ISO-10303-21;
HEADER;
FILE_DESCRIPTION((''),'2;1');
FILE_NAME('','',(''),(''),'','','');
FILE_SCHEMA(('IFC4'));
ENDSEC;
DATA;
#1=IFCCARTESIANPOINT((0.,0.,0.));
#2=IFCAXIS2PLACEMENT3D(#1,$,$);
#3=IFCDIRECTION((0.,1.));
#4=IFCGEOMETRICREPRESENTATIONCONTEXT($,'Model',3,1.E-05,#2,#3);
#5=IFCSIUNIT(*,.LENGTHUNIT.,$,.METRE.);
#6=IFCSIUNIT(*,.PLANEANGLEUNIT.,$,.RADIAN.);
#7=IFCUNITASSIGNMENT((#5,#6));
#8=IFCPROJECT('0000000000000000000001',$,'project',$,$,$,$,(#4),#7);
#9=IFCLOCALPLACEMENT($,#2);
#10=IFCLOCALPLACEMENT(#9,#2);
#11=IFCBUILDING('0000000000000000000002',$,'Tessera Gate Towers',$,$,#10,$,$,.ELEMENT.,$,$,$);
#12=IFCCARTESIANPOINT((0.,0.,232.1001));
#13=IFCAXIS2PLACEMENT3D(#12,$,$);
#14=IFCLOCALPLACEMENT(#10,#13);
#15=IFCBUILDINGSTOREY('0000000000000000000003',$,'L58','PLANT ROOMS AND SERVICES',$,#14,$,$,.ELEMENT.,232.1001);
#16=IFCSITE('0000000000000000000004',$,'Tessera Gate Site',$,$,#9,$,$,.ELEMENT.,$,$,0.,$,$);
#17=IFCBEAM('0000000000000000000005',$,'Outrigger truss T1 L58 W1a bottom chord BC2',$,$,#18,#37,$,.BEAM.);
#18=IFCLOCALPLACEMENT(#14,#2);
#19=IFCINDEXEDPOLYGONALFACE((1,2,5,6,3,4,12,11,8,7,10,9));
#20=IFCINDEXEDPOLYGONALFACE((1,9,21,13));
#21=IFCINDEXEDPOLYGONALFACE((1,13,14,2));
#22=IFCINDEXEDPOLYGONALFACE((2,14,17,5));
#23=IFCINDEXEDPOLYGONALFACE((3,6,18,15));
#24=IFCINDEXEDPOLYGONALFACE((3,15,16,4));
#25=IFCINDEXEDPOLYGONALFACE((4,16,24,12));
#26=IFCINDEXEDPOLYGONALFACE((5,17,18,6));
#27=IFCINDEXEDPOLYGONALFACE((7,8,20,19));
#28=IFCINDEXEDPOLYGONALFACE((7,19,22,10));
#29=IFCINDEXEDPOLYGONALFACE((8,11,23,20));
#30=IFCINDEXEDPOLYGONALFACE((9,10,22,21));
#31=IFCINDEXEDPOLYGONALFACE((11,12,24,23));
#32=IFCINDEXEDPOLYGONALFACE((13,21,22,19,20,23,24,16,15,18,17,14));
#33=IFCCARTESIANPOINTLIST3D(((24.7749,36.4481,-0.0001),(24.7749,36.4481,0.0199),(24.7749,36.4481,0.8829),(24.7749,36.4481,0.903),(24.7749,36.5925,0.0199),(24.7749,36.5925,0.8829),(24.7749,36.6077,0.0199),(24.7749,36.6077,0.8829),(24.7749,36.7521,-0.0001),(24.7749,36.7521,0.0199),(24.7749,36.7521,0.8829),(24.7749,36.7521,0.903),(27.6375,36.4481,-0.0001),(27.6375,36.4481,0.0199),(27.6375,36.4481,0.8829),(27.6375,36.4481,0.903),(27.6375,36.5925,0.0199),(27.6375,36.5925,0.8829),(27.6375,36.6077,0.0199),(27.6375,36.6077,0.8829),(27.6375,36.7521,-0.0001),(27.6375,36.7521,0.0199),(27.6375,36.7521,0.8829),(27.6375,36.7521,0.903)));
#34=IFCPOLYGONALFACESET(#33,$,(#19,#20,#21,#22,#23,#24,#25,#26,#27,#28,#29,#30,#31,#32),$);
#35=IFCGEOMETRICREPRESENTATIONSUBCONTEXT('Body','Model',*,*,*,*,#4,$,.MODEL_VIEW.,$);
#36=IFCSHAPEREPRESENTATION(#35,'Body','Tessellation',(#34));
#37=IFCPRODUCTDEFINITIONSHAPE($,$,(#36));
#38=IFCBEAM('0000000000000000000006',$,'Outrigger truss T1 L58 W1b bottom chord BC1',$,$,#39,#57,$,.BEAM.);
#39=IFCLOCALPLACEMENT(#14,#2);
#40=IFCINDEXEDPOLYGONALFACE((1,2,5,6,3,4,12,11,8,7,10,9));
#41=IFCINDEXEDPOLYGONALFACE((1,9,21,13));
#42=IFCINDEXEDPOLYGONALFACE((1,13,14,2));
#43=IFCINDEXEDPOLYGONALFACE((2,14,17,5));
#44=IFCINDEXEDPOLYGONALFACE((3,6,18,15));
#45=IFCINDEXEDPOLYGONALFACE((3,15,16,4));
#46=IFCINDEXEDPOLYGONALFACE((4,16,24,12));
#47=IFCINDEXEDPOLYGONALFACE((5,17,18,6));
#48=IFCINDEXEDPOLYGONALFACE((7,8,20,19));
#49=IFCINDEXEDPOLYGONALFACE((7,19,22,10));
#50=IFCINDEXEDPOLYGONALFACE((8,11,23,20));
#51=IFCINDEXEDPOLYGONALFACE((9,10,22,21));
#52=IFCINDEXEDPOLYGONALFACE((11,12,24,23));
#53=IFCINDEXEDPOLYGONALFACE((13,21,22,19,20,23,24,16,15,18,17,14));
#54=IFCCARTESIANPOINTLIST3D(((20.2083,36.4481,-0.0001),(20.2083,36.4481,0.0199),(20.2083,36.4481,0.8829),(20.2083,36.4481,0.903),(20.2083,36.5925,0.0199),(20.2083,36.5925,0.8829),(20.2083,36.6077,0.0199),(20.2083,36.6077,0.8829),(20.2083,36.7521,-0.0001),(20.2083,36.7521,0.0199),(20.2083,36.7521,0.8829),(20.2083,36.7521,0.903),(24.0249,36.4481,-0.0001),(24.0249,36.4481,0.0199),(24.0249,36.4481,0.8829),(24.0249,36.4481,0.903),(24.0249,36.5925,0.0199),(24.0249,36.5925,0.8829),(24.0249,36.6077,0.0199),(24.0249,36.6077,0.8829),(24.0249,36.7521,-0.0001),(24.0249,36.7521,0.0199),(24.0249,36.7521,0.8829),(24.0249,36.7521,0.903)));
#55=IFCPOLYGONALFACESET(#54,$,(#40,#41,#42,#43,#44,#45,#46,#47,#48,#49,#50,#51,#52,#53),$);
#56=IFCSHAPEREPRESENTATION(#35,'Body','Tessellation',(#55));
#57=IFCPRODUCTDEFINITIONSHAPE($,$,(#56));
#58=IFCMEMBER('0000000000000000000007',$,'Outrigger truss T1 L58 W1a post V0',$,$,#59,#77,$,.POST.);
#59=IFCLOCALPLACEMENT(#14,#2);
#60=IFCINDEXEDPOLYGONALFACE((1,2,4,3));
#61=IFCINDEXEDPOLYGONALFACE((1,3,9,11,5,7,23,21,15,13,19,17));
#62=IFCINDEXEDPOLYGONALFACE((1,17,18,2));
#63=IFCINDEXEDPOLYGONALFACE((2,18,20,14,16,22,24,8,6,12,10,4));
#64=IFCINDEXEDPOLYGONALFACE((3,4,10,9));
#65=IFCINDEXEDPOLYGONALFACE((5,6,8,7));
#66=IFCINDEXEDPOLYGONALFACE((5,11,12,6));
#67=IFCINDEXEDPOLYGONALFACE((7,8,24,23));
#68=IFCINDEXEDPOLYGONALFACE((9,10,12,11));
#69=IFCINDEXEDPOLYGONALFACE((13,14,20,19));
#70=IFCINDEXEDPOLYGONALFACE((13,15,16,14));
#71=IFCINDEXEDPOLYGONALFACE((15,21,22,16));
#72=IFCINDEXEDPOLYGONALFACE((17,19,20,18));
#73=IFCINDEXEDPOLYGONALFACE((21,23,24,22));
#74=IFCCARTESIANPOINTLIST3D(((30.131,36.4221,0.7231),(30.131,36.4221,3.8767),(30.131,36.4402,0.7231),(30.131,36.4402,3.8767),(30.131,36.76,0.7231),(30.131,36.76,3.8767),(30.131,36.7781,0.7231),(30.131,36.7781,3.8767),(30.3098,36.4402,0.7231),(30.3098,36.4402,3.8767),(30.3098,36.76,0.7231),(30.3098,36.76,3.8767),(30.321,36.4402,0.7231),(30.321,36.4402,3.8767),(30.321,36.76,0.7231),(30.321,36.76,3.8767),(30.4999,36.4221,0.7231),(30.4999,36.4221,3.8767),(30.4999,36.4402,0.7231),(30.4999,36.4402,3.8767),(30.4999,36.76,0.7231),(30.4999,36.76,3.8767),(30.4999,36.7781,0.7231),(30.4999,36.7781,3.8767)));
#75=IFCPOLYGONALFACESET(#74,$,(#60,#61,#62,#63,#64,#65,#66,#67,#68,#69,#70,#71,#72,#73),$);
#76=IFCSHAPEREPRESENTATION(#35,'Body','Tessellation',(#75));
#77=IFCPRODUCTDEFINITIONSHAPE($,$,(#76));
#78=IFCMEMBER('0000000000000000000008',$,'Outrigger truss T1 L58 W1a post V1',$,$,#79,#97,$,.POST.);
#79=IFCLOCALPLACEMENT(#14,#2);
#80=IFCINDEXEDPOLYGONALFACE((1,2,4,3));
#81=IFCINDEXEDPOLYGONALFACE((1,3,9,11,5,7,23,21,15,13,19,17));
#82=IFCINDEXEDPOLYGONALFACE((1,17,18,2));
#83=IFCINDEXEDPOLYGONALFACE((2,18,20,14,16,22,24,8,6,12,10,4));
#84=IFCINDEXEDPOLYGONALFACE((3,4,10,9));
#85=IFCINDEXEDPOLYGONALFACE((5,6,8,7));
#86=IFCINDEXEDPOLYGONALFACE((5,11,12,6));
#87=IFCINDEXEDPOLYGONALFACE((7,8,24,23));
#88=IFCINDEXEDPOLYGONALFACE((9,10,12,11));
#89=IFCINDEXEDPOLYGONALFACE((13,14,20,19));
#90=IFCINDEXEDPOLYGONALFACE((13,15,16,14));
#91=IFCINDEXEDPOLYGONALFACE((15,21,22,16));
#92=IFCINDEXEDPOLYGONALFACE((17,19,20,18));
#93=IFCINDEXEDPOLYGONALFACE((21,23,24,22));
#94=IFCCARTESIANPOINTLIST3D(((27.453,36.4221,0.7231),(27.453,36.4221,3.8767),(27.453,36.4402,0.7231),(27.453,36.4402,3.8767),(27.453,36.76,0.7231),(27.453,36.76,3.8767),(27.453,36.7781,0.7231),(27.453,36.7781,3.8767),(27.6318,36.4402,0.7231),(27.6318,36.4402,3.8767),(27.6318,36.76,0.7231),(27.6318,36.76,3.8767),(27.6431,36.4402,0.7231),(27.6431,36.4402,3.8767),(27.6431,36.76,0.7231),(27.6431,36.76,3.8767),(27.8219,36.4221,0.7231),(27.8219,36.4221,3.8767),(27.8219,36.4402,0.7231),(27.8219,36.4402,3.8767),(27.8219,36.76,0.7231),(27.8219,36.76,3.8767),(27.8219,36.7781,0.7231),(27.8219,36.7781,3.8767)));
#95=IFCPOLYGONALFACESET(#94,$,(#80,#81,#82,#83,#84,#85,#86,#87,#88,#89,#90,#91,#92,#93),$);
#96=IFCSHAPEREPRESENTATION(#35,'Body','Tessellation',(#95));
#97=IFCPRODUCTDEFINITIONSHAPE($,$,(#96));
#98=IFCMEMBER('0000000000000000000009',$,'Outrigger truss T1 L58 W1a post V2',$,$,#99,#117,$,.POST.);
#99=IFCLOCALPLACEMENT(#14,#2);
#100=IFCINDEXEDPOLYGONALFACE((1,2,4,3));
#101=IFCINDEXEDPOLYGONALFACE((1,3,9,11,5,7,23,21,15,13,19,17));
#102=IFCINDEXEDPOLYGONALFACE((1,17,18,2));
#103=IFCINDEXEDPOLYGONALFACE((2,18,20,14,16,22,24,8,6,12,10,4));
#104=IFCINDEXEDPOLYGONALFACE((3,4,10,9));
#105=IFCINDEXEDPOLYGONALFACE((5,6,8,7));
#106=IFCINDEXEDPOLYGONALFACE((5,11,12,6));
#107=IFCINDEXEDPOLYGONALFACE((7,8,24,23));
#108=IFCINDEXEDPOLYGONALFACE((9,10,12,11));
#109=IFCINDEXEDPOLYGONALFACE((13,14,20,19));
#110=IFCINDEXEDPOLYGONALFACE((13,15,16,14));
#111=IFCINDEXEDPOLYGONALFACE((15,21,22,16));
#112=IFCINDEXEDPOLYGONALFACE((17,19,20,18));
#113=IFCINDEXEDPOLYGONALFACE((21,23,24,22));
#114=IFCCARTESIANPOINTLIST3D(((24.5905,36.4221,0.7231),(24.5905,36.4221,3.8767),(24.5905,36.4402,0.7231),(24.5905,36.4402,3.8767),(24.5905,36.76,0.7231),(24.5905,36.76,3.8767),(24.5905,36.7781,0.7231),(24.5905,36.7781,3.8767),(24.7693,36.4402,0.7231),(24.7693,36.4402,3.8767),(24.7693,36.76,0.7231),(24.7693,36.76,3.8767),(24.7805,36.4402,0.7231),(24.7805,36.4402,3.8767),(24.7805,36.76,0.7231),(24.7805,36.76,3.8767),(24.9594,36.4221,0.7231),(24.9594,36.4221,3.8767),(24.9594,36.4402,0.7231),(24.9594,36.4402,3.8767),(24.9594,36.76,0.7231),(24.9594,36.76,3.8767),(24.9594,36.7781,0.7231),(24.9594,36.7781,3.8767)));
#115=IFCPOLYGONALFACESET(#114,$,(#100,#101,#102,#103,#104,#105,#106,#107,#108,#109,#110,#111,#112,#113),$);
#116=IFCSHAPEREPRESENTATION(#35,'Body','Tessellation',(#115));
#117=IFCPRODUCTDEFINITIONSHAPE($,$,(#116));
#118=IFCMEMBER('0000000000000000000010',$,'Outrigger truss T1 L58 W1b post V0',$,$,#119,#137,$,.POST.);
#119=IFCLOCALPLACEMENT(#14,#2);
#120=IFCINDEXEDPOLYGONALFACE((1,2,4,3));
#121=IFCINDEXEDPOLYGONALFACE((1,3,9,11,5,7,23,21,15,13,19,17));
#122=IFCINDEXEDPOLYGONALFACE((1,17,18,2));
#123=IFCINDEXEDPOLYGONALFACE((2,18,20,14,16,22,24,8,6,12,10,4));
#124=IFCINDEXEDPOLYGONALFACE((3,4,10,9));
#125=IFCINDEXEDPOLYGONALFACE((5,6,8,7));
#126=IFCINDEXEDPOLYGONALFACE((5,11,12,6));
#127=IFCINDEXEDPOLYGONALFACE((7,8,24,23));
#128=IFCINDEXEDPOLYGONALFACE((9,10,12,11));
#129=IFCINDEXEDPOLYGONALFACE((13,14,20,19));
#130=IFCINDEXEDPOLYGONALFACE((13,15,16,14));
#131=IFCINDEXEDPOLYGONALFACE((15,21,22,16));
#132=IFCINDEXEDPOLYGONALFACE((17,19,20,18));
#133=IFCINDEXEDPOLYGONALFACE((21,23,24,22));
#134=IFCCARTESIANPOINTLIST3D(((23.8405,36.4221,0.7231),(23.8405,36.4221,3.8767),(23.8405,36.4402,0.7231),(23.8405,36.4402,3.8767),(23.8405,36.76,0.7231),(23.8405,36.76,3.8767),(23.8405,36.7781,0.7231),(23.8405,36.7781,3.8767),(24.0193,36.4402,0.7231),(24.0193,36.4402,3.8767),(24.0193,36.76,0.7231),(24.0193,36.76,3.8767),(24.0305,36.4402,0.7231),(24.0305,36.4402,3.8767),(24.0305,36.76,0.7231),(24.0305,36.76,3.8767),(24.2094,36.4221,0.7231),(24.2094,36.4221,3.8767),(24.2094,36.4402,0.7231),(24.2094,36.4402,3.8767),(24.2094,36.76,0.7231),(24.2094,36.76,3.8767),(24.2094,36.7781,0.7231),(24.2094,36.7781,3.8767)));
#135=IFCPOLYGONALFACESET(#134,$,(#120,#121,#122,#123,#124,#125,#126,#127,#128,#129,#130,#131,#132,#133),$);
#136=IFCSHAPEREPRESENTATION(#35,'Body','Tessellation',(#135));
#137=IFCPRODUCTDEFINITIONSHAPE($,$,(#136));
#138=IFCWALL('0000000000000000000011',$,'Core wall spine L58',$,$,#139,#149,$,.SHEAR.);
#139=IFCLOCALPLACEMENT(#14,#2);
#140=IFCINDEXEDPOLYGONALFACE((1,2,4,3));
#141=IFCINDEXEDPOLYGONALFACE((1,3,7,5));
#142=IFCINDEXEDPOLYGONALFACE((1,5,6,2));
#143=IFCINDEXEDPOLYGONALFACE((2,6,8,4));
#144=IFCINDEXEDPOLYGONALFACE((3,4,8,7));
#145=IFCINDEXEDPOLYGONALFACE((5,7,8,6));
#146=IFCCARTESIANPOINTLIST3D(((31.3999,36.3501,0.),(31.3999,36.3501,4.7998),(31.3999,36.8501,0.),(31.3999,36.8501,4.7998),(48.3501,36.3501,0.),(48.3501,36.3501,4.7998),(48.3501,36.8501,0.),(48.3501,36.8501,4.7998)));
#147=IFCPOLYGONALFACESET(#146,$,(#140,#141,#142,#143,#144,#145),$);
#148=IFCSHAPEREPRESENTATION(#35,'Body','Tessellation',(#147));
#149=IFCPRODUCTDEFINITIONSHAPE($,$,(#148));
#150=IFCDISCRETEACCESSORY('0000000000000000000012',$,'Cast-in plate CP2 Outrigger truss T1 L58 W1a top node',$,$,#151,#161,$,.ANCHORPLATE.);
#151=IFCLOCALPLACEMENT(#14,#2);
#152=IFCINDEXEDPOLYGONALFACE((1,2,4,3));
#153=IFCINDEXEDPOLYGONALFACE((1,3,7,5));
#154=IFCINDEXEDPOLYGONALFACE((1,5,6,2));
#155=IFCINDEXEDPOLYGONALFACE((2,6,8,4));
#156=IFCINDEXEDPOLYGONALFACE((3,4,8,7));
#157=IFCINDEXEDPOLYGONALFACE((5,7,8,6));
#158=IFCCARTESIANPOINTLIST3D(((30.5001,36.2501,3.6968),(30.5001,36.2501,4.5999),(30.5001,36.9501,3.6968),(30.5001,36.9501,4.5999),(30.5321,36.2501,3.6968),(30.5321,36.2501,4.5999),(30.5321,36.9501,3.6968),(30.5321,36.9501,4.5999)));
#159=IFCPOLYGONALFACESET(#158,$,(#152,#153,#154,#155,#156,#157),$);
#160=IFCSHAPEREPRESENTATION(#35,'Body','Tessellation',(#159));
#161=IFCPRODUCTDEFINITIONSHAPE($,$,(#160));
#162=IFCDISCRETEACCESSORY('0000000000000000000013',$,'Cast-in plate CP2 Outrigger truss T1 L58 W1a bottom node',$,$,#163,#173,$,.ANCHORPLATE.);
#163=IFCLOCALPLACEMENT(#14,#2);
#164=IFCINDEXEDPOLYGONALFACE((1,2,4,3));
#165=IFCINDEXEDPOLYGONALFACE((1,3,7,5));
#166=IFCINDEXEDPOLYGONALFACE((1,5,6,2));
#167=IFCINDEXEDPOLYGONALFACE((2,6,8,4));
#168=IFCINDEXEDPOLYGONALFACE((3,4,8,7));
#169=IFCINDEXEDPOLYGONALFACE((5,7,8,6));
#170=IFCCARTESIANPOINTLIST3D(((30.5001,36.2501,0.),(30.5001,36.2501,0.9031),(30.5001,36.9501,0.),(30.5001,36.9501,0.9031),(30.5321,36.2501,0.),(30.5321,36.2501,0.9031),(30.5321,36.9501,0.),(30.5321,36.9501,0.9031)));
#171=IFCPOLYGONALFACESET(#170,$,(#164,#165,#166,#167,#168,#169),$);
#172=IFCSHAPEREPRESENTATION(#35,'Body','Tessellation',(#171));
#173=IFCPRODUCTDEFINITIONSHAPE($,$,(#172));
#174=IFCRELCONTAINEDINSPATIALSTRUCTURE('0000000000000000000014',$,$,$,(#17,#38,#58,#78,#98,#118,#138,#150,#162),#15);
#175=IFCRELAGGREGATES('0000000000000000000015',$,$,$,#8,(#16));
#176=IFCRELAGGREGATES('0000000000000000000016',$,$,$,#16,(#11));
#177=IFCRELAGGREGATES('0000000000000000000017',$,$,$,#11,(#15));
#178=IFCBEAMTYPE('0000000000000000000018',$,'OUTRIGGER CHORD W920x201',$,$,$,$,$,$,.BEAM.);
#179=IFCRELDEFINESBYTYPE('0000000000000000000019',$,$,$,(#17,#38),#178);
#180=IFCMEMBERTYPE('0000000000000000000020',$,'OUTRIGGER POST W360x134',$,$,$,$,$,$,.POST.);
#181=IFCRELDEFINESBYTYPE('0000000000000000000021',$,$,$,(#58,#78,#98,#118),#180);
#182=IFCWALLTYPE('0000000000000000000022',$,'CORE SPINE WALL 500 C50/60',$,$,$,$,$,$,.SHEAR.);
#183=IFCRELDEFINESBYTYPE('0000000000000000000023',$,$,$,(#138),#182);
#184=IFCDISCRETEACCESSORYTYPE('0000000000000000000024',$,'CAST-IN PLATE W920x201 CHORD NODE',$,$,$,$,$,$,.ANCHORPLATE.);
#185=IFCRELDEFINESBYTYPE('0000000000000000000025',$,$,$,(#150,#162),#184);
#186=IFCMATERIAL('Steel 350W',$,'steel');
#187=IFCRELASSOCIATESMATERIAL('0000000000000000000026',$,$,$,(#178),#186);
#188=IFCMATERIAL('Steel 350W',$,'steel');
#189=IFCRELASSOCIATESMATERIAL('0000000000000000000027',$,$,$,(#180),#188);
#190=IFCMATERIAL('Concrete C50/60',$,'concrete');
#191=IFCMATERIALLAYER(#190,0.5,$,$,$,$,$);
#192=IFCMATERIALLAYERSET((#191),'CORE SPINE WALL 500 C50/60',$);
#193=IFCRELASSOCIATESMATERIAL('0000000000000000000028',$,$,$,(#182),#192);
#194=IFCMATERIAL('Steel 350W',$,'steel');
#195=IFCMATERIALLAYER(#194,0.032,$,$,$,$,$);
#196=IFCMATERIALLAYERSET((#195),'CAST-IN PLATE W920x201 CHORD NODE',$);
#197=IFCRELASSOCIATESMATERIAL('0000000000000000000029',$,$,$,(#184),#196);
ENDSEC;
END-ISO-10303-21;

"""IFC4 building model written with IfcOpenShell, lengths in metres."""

from ifc_helpers import new_model, si_unit, direction, frame, frame_2d, origin, origin_2d, place, context, subcontext, project, spatial, rectangle, i_section, extrude, material, layer, layer_set, material_profile, profile_set, type_object, element, save


model = new_model("IFC4")

# Units and contexts
model_context = context("Model", 3, precision=1e-05, world=origin(), true_north=direction((0.0, 1.0)))
body_context = subcontext(model_context, "Body", "Model", "MODEL_VIEW")
ifc_project = project(units=[si_unit("LENGTHUNIT", "METRE"), si_unit("PLANEANGLEUNIT", "RADIAN")], contexts=[model_context])

# Site, building, storey
site_placement = place(None, origin())
site = spatial("IfcSite", under=ifc_project, at=site_placement, Name="Tessera Gate Site", CompositionType="ELEMENT", RefElevation=0.0)
building_placement = place(site_placement, origin())
building = spatial("IfcBuilding", under=site, at=building_placement, Name="Tessera Gate Towers", CompositionType="ELEMENT")
storey_placement = place(building_placement, frame((0.0, 0.0, 232.1001)))
storey = spatial("IfcBuildingStorey", under=building, at=storey_placement, Name="L58", Description="PLANT ROOMS AND SERVICES", CompositionType="ELEMENT", Elevation=232.1001)

# Beams
ifc_material_1 = material(Name="Steel 350W", Category="steel")
ifc_material_profile_1 = material_profile(ifc_material_1, i_section(OverallWidth=0.304, OverallDepth=0.9031, WebThickness=0.0151, FlangeThickness=0.02, at=origin_2d()), Name="W920x201")
ifc_profile_set_1 = profile_set([ifc_material_profile_1], Name="Steel 350W")
beam_type_1 = type_object("IfcBeamType", Name="OUTRIGGER CHORD W920x201", PredefinedType="BEAM", material=ifc_profile_set_1)
for number, where, z_axis, x_axis, name in (
    (1, (27.6375, 36.6001, 0.4514), (-1.0, 0.0, 0.0), (0.0, -1.0, 0.0), "Outrigger truss T1 L58 W1a bottom chord BC2"),
):
    element("IfcBeam", number, at=place(storey_placement, frame(where, z_axis=z_axis, x_axis=x_axis)), inside=storey, type_object=beam_type_1, Name=name, PredefinedType="BEAM", context=body_context, shape_type="SweptSolid", body=[
        extrude(i_section(OverallWidth=0.304, OverallDepth=0.9031, WebThickness=0.0151, FlangeThickness=0.02, at=origin_2d()), origin(), (0.0, 0.0, 1.0), 2.8625),
    ])
beam_1_placement = place(storey_placement, frame((24.0249, 36.6001, 0.4514), z_axis=(-1.0, 0.0, 0.0), x_axis=(0.0, -1.0, 0.0)))
element("IfcBeam", 2, at=beam_1_placement, inside=storey, type_object=beam_type_1, Name="Outrigger truss T1 L58 W1b bottom chord BC1", PredefinedType="BEAM", context=body_context, shape_type="SweptSolid", body=[
    extrude(i_section(OverallWidth=0.304, OverallDepth=0.9031, WebThickness=0.0151, FlangeThickness=0.02, at=origin_2d()), origin(), (0.0, 0.0, 1.0), 3.8167),
])

# Members
ifc_material_2 = material(Name="Steel 350W", Category="steel")
ifc_material_profile_2 = material_profile(ifc_material_2, i_section(OverallWidth=0.3689, OverallDepth=0.356, WebThickness=0.0112, FlangeThickness=0.0181, at=origin_2d()), Name="W360x134")
ifc_profile_set_2 = profile_set([ifc_material_profile_2], Name="Steel 350W")
member_type_1 = type_object("IfcMemberType", Name="OUTRIGGER POST W360x134", PredefinedType="POST", material=ifc_profile_set_2)
for number, where, z_axis, x_axis, name in (
    (3, (30.3154, 36.6001, 0.7231), (0.0, 0.0, 1.0), (1.0, 0.0, 0.0), "Outrigger truss T1 L58 W1a post V0"),
    (4, (27.6375, 36.6001, 0.7231), (0.0, 0.0, 1.0), (1.0, 0.0, 0.0), "Outrigger truss T1 L58 W1a post V1"),
    (5, (24.7749, 36.6001, 0.7231), (0.0, 0.0, 1.0), (1.0, 0.0, 0.0), "Outrigger truss T1 L58 W1a post V2"),
    (6, (24.0249, 36.6001, 0.7231), (0.0, 0.0, 1.0), (1.0, 0.0, 0.0), "Outrigger truss T1 L58 W1b post V0"),
):
    element("IfcMember", number, at=place(storey_placement, frame(where, z_axis=z_axis, x_axis=x_axis)), inside=storey, type_object=member_type_1, Name=name, PredefinedType="POST", context=body_context, shape_type="SweptSolid", body=[
        extrude(i_section(OverallWidth=0.3689, OverallDepth=0.356, WebThickness=0.0112, FlangeThickness=0.0181, at=origin_2d()), origin(), (0.0, 0.0, 1.0), 3.1536),
    ])

# Wall
ifc_material_3 = material(Name="Concrete C50/60", Category="concrete")
ifc_layer_1 = layer(ifc_material_3, 0.5)
ifc_layer_set_1 = layer_set([ifc_layer_1], Name="CORE SPINE WALL 500 C50/60")
wall_type = type_object("IfcWallType", Name="CORE SPINE WALL 500 C50/60", PredefinedType="SHEAR", material=ifc_layer_set_1)
wall_placement = place(storey_placement, frame((31.3999, 36.6001, 0.0), z_axis=(0.0, 0.0, 1.0), x_axis=(1.0, 0.0, 0.0)))
element("IfcWall", 7, at=wall_placement, inside=storey, type_object=wall_type, Name="Core wall spine L58", PredefinedType="SHEAR", context=body_context, shape_type="SweptSolid", body=[
    extrude(rectangle(XDim=16.9502, YDim=0.5, at=frame_2d((8.4751, 0.0))), origin(), (0.0, 0.0, 1.0), 4.7998),
])

# Discrete accessories
ifc_material_4 = material(Name="Steel 350W", Category="steel")
ifc_layer_2 = layer(ifc_material_4, 0.032)
ifc_layer_set_2 = layer_set([ifc_layer_2], Name="CAST-IN PLATE W920x201 CHORD NODE")
discrete_accessory_type = type_object("IfcDiscreteAccessoryType", Name="CAST-IN PLATE W920x201 CHORD NODE", PredefinedType="ANCHORPLATE", material=ifc_layer_set_2)
for number, where, z_axis, x_axis, name in (
    (8, (30.5161, 36.6001, 3.6968), (0.0, 0.0, 1.0), (1.0, 0.0, 0.0), "Cast-in plate CP2 Outrigger truss T1 L58 W1a top node"),
    (9, (30.5161, 36.6001, 0.0), (0.0, 0.0, 1.0), (1.0, 0.0, 0.0), "Cast-in plate CP2 Outrigger truss T1 L58 W1a bottom node"),
):
    element("IfcDiscreteAccessory", number, at=place(storey_placement, frame(where, z_axis=z_axis, x_axis=x_axis)), inside=storey, type_object=discrete_accessory_type, Name=name, PredefinedType="ANCHORPLATE", context=body_context, shape_type="SweptSolid", body=[
        extrude(rectangle(XDim=0.032, YDim=0.7, at=origin_2d()), origin(), (0.0, 0.0, 1.0), 0.9031),
    ])

save(model, "model.ifc")
